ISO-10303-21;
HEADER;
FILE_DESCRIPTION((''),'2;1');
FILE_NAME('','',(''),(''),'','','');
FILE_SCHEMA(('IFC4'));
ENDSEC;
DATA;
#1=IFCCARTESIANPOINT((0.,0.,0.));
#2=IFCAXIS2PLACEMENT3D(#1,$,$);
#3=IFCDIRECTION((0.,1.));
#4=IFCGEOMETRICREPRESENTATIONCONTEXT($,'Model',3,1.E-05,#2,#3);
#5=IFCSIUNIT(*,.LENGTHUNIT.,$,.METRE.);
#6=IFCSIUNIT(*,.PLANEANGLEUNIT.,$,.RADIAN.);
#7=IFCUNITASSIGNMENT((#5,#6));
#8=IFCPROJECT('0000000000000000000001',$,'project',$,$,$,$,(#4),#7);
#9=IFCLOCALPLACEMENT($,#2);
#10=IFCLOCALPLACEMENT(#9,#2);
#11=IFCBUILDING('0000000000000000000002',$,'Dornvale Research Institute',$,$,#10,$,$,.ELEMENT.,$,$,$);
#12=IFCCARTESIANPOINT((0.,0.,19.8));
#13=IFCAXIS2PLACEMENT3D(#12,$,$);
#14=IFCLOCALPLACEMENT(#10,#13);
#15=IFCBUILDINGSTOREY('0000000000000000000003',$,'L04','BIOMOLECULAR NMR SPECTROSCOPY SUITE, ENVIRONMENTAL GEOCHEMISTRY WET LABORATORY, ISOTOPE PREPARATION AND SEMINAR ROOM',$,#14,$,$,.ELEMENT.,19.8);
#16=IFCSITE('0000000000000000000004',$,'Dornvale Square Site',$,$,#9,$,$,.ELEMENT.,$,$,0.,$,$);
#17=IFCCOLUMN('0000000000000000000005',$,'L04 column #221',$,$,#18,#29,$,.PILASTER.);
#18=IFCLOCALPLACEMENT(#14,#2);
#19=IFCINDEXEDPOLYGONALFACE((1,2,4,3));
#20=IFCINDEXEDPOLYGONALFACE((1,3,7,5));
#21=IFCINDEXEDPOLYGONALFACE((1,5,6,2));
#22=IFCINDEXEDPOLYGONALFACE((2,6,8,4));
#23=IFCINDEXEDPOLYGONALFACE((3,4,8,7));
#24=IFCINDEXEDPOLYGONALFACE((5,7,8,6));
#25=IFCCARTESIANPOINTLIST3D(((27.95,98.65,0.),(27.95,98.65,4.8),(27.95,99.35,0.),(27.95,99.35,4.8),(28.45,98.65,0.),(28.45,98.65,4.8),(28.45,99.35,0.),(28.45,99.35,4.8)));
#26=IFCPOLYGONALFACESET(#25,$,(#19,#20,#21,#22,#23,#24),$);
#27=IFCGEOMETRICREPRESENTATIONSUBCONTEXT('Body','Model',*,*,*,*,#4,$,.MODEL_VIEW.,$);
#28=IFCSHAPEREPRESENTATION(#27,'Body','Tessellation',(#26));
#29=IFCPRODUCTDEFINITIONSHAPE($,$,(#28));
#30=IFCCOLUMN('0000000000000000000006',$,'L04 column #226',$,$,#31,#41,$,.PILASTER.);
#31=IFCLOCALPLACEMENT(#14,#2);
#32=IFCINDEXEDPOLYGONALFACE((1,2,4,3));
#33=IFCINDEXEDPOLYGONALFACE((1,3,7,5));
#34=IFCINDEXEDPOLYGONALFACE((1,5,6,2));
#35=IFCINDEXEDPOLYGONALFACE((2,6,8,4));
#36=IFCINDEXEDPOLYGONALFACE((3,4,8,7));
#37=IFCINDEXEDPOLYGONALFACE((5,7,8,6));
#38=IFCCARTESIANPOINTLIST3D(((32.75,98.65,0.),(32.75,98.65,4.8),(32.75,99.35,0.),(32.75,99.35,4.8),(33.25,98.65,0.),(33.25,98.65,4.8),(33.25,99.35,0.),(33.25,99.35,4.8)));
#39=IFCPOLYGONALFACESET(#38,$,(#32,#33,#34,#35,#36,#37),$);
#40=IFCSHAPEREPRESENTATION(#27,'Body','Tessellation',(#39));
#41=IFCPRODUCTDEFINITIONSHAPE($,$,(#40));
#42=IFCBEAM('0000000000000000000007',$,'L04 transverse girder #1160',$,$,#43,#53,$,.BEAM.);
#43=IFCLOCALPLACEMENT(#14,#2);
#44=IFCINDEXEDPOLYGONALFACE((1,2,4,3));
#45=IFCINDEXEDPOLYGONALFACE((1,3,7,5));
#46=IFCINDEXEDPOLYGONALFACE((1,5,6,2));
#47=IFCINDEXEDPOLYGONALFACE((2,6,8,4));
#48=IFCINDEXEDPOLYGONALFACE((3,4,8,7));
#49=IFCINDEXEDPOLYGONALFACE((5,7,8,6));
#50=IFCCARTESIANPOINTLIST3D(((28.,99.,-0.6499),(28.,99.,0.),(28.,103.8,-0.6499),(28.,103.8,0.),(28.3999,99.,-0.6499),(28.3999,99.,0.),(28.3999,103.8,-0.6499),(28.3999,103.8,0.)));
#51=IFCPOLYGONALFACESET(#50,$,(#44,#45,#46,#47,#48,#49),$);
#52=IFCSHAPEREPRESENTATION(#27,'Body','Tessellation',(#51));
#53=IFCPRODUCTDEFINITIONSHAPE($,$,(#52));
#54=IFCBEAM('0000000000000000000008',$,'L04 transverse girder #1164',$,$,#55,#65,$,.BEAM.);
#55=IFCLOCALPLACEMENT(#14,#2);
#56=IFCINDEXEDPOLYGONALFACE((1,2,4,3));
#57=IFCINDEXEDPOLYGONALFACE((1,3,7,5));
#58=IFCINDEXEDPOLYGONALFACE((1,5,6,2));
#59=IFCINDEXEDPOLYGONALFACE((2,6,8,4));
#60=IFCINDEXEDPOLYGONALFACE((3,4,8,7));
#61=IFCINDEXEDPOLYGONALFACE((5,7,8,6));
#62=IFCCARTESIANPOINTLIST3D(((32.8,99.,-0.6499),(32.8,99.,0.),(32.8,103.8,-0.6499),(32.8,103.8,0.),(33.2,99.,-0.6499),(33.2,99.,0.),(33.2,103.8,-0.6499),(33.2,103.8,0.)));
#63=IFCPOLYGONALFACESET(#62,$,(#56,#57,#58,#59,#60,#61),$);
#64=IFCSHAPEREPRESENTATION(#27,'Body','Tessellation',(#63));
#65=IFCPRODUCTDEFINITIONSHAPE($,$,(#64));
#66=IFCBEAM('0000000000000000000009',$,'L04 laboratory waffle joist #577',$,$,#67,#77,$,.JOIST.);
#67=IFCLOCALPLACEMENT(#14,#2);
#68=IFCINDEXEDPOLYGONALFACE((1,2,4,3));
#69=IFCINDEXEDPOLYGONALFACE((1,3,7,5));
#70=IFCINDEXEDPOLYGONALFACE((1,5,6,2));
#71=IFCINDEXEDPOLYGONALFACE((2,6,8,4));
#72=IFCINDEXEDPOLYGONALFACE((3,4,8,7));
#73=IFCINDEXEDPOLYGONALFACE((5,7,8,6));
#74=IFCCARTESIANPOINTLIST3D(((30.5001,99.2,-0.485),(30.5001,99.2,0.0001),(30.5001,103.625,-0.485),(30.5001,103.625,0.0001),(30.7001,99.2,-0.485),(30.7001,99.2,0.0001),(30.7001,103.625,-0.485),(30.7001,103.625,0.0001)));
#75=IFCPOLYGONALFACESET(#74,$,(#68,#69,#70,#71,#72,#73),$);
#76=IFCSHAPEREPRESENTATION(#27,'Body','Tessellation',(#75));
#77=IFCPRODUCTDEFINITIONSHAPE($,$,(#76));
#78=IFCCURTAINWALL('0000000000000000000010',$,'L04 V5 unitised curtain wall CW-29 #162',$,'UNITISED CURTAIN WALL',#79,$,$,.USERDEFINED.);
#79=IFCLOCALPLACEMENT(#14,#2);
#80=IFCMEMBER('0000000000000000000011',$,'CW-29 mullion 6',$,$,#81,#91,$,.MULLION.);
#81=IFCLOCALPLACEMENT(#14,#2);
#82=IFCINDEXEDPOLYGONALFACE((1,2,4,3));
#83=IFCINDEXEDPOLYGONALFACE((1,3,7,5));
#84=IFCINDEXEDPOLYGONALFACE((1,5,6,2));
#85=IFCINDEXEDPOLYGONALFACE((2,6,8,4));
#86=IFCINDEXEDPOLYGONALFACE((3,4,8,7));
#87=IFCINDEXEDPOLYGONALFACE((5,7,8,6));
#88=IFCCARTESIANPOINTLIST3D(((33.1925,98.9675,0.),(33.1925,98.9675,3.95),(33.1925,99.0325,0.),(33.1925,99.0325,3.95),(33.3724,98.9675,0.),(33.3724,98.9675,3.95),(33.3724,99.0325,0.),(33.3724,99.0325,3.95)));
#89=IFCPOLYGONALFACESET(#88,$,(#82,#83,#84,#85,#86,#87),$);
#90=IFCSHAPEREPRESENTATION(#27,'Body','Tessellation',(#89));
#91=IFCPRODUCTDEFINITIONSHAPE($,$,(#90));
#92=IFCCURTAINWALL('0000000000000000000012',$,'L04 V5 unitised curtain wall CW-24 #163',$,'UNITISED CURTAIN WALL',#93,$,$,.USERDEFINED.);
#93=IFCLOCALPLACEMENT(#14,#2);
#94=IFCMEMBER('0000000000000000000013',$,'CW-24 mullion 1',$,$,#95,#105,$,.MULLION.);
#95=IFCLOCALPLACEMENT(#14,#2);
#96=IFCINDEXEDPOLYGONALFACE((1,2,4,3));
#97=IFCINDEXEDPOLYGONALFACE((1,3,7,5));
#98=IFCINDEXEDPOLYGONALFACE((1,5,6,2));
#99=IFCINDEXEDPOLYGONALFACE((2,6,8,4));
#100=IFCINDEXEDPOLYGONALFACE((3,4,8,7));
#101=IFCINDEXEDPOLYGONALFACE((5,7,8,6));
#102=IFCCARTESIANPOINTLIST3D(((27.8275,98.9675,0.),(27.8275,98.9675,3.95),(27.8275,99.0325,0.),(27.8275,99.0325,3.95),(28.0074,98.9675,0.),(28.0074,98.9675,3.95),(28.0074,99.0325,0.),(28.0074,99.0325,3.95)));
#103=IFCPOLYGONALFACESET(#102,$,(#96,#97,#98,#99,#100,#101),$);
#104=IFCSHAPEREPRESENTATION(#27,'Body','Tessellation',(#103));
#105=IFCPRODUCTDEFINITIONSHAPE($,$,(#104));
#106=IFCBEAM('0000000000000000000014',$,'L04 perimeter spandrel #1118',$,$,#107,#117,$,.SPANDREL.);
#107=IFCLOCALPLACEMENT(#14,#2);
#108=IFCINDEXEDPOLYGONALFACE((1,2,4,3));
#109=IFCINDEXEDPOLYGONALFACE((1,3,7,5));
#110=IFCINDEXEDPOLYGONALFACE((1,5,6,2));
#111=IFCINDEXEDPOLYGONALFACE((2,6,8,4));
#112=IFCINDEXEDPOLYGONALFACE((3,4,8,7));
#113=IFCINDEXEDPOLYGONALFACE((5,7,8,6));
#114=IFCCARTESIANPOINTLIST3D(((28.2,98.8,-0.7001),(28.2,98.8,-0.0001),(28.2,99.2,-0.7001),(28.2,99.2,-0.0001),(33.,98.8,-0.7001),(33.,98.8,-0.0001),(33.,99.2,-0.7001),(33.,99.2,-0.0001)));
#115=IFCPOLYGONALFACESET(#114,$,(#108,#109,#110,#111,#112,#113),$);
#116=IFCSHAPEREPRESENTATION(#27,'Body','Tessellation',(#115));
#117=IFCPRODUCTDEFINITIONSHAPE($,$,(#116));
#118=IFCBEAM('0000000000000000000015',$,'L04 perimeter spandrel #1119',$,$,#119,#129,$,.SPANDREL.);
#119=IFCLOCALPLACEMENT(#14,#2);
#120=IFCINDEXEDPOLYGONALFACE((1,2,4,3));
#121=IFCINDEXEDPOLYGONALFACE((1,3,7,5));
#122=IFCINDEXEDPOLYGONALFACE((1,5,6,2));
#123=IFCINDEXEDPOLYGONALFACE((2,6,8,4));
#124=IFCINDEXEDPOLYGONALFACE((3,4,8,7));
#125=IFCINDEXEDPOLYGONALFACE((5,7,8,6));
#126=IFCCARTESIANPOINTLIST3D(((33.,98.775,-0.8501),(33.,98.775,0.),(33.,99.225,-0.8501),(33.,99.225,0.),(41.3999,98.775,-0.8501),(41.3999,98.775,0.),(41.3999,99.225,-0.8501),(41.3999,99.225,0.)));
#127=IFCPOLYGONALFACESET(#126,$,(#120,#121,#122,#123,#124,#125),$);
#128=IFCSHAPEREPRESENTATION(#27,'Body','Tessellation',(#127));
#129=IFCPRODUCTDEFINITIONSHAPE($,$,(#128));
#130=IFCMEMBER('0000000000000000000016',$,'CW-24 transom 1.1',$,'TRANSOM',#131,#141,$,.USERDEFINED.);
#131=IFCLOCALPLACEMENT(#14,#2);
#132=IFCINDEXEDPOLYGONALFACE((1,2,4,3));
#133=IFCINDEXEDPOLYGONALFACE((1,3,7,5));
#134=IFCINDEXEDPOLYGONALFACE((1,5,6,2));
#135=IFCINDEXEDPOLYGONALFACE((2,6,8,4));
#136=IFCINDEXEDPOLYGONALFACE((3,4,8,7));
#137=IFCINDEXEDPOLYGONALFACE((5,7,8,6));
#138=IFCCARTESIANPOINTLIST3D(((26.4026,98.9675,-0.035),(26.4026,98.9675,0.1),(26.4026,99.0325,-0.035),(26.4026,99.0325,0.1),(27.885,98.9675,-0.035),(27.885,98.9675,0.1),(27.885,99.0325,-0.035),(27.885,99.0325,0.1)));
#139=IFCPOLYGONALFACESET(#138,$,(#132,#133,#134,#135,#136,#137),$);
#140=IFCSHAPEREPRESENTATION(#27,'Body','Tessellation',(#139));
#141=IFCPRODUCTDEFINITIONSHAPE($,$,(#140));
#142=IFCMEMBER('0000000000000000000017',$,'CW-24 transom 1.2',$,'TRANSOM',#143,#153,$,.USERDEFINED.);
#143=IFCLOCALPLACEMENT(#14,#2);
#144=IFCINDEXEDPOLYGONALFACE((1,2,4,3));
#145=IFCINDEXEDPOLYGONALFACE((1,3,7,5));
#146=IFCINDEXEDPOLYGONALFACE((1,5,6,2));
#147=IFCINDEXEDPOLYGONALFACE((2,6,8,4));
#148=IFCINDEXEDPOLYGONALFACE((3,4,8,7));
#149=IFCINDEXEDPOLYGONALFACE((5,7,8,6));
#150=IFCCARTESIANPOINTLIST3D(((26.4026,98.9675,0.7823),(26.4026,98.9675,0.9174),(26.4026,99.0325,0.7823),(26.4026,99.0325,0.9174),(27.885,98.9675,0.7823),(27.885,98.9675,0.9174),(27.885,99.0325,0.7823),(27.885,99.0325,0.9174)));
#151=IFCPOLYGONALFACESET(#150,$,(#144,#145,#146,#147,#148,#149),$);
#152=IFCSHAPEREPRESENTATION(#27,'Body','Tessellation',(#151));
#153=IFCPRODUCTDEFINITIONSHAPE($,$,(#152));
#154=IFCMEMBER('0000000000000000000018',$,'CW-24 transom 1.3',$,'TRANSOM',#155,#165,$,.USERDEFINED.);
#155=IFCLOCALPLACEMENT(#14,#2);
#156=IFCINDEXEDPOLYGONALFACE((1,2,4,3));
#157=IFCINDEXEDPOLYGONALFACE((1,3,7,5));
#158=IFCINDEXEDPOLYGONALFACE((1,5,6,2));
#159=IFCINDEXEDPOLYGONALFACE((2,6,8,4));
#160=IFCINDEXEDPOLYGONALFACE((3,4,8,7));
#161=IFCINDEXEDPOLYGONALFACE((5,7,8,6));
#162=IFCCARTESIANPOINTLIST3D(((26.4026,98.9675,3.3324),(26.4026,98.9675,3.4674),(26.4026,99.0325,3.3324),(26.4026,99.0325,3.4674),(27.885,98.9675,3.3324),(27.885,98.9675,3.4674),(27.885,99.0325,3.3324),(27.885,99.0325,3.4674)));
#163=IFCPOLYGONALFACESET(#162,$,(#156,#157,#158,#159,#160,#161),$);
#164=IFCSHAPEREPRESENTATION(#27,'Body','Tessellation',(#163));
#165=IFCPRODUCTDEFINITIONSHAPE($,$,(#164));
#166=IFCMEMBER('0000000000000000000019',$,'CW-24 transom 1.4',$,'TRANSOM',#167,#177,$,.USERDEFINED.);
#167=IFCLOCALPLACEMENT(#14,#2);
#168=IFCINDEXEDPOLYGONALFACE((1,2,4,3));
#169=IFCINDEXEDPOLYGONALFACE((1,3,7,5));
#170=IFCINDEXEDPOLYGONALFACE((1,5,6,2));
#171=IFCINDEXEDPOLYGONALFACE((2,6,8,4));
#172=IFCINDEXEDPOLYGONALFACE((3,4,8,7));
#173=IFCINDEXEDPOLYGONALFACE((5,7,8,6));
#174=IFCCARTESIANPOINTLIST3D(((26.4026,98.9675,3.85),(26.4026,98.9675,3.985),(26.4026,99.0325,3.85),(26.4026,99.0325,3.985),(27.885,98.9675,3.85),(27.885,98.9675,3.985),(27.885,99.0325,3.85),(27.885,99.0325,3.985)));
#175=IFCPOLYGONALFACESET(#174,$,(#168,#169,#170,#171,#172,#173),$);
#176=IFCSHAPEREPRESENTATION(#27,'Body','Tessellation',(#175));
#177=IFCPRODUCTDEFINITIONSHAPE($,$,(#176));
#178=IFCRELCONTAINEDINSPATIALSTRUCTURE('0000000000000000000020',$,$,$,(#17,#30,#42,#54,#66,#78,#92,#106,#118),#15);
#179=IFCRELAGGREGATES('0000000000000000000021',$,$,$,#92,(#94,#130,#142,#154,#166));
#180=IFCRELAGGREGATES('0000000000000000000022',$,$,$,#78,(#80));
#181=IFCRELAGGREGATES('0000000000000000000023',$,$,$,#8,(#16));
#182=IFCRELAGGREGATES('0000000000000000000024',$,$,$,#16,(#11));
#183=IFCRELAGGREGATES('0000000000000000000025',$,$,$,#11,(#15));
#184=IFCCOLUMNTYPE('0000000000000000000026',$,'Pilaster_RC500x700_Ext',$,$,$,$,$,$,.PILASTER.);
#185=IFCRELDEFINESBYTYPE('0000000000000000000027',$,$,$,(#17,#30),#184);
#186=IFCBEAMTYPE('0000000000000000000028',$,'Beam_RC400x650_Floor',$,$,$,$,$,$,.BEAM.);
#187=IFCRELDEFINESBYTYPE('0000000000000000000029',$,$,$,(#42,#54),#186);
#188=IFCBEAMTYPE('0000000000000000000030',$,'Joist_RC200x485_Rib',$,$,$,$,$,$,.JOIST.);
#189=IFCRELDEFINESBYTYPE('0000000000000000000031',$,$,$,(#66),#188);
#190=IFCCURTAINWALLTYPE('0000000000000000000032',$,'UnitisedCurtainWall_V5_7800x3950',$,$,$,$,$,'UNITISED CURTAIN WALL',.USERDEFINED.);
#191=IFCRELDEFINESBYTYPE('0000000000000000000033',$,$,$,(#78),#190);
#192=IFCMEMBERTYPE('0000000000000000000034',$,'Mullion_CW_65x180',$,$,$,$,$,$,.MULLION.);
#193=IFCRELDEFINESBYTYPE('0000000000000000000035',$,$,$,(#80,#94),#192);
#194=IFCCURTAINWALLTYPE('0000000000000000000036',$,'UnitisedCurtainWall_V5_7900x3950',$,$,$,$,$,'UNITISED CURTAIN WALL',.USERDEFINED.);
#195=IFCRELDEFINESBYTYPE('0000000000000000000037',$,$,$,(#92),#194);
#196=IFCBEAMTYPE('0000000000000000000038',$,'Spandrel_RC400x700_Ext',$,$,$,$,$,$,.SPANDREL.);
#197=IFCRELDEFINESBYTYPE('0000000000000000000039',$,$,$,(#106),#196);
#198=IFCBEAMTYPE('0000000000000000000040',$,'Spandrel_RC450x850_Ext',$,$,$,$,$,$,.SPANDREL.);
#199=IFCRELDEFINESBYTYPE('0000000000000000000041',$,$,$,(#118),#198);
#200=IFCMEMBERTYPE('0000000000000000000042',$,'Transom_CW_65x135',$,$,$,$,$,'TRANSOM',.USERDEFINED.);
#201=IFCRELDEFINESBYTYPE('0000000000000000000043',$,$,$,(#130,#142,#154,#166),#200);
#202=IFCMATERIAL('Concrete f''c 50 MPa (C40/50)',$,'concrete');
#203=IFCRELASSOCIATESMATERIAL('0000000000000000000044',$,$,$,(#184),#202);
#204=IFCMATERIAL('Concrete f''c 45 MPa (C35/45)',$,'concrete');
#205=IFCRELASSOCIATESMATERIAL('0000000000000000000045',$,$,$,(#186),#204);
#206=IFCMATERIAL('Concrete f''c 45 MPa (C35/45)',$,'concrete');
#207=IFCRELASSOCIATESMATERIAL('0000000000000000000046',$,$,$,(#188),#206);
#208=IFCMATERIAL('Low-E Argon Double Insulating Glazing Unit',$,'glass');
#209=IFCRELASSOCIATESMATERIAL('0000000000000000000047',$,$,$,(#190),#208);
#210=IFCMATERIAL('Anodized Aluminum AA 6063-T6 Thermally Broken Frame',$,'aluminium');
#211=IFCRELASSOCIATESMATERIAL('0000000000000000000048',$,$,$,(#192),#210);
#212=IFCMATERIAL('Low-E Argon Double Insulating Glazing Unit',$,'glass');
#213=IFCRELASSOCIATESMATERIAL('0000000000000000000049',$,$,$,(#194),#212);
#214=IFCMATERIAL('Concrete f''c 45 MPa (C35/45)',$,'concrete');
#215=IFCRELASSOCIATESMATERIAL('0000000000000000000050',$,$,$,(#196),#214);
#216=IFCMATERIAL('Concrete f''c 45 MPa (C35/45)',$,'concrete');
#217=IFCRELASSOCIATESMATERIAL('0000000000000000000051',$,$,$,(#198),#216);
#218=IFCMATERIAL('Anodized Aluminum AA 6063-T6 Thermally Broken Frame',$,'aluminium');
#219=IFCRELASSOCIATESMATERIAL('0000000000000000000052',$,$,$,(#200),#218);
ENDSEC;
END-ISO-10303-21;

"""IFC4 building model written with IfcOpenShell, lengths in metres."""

from ifc_helpers import new_model, si_unit, direction, frame, origin, origin_2d, place, context, subcontext, project, spatial, rectangle, extrude, material, material_profile, profile_set, type_object, element, aggregate, save


model = new_model("IFC4")

# Units and contexts
model_context = context("Model", 3, precision=1e-05, world=origin(), true_north=direction((0.0, 1.0)))
body_context = subcontext(model_context, "Body", "Model", "MODEL_VIEW")
ifc_project = project(units=[si_unit("LENGTHUNIT", "METRE"), si_unit("PLANEANGLEUNIT", "RADIAN")], contexts=[model_context])

# Site, building, storey
site_placement = place(None, origin())
site = spatial("IfcSite", under=ifc_project, at=site_placement, Name="Dornvale Square Site", CompositionType="ELEMENT", RefElevation=0.0)
building_placement = place(site_placement, origin())
building = spatial("IfcBuilding", under=site, at=building_placement, Name="Dornvale Research Institute", CompositionType="ELEMENT")
storey_placement = place(building_placement, frame((0.0, 0.0, 19.8)))
storey = spatial("IfcBuildingStorey", under=building, at=storey_placement, Name="L04", Description="BIOMOLECULAR NMR SPECTROSCOPY SUITE, ENVIRONMENTAL GEOCHEMISTRY WET LABORATORY, ISOTOPE PREPARATION AND SEMINAR ROOM", CompositionType="ELEMENT", Elevation=19.8)

# Columns
ifc_material_1 = material(Name="Concrete f'c 50 MPa (C40/50)", Category="concrete")
ifc_material_profile_1 = material_profile(ifc_material_1, rectangle(XDim=0.5, YDim=0.7, at=origin_2d()), Name="RC 500x700")
ifc_profile_set_1 = profile_set([ifc_material_profile_1], Name="Concrete f'c 50 MPa (C40/50)")
column_type = type_object("IfcColumnType", Name="Pilaster_RC500x700_Ext", PredefinedType="PILASTER", material=ifc_profile_set_1)
for number, where, z_axis, x_axis, name in (
    (1, (28.2, 99.0, 0.0), (0.0, 0.0, 1.0), (1.0, 0.0, 0.0), "L04 column #221"),
    (2, (33.0, 99.0, 0.0), (0.0, 0.0, 1.0), (1.0, 0.0, 0.0), "L04 column #226"),
):
    element("IfcColumn", number, at=place(storey_placement, frame(where, z_axis=z_axis, x_axis=x_axis)), inside=storey, type_object=column_type, Name=name, PredefinedType="PILASTER", context=body_context, shape_type="SweptSolid", body=[
        extrude(rectangle(XDim=0.5, YDim=0.7, at=origin_2d()), origin(), (0.0, 0.0, 1.0), 4.8),
    ])

# Beams
ifc_material_2 = material(Name="Concrete f'c 45 MPa (C35/45)", Category="concrete")
ifc_material_profile_2 = material_profile(ifc_material_2, rectangle(XDim=0.3999, YDim=0.6499, at=origin_2d()), Name="RC 400x650")
ifc_profile_set_2 = profile_set([ifc_material_profile_2], Name="Concrete f'c 45 MPa (C35/45)")
beam_type_1 = type_object("IfcBeamType", Name="Beam_RC400x650_Floor", PredefinedType="BEAM", material=ifc_profile_set_2)
for number, where, z_axis, x_axis, name in (
    (3, (28.2, 99.0, -0.325), (0.0, 1.0, 0.0), (-1.0, 0.0, 0.0), "L04 transverse girder #1160"),
    (4, (33.0, 99.0, -0.325), (0.0, 1.0, 0.0), (-1.0, 0.0, 0.0), "L04 transverse girder #1164"),
):
    element("IfcBeam", number, at=place(storey_placement, frame(where, z_axis=z_axis, x_axis=x_axis)), inside=storey, type_object=beam_type_1, Name=name, PredefinedType="BEAM", context=body_context, shape_type="SweptSolid", body=[
        extrude(rectangle(XDim=0.3999, YDim=0.6499, at=origin_2d()), origin(), (0.0, 0.0, 1.0), 4.8),
    ])
ifc_material_3 = material(Name="Concrete f'c 45 MPa (C35/45)", Category="concrete")
ifc_material_profile_3 = material_profile(ifc_material_3, rectangle(XDim=0.2, YDim=0.4851, at=origin_2d()), Name="RC 200x485")
ifc_profile_set_3 = profile_set([ifc_material_profile_3], Name="Concrete f'c 45 MPa (C35/45)")
beam_type_2 = type_object("IfcBeamType", Name="Joist_RC200x485_Rib", PredefinedType="JOIST", material=ifc_profile_set_3)
beam_1_placement = place(storey_placement, frame((30.6001, 99.2, -0.2424), z_axis=(0.0, 1.0, 0.0), x_axis=(-1.0, 0.0, 0.0)))
element("IfcBeam", 5, at=beam_1_placement, inside=storey, type_object=beam_type_2, Name="L04 laboratory waffle joist #577", PredefinedType="JOIST", context=body_context, shape_type="SweptSolid", body=[
    extrude(rectangle(XDim=0.2, YDim=0.4851, at=origin_2d()), origin(), (0.0, 0.0, 1.0), 4.425),
])

# Curtain walls, members
ifc_material_4 = material(Name="Low-E Argon Double Insulating Glazing Unit", Category="glass")
curtain_wall_type_1 = type_object("IfcCurtainWallType", Name="UnitisedCurtainWall_V5_7800x3950", ElementType="UNITISED CURTAIN WALL", PredefinedType="USERDEFINED", material=ifc_material_4)
curtain_wall_1_placement = place(storey_placement, origin())
curtain_wall_1 = element("IfcCurtainWall", 6, at=curtain_wall_1_placement, inside=storey, type_object=curtain_wall_type_1, Name="L04 V5 unitised curtain wall CW-29 #162", ObjectType="UNITISED CURTAIN WALL", PredefinedType="USERDEFINED")
ifc_material_5 = material(Name="Anodized Aluminum AA 6063-T6 Thermally Broken Frame", Category="aluminium")
ifc_material_profile_4 = material_profile(ifc_material_5, rectangle(XDim=0.0649, YDim=0.1799, at=origin_2d()), Name="ALU MULLION 65x180")
ifc_profile_set_4 = profile_set([ifc_material_profile_4], Name="Anodized Aluminum AA 6063-T6 Thermally Broken Frame")
member_type_1 = type_object("IfcMemberType", Name="Mullion_CW_65x180", PredefinedType="MULLION", material=ifc_profile_set_4)
member_1_placement = place(storey_placement, frame((33.2825, 99.0, 0.0), z_axis=(0.0, 0.0, 1.0), x_axis=(0.0, -1.0, 0.0)))
member_1 = element("IfcMember", 7, at=member_1_placement, type_object=member_type_1, Name="CW-29 mullion 6", PredefinedType="MULLION", context=body_context, shape_type="SweptSolid", body=[
    extrude(rectangle(XDim=0.0649, YDim=0.1799, at=origin_2d()), origin(), (0.0, 0.0, 1.0), 3.95),
])
ifc_material_6 = material(Name="Low-E Argon Double Insulating Glazing Unit", Category="glass")
curtain_wall_type_2 = type_object("IfcCurtainWallType", Name="UnitisedCurtainWall_V5_7900x3950", ElementType="UNITISED CURTAIN WALL", PredefinedType="USERDEFINED", material=ifc_material_6)
curtain_wall_2_placement = place(storey_placement, origin())
curtain_wall_2 = element("IfcCurtainWall", 8, at=curtain_wall_2_placement, inside=storey, type_object=curtain_wall_type_2, Name="L04 V5 unitised curtain wall CW-24 #163", ObjectType="UNITISED CURTAIN WALL", PredefinedType="USERDEFINED")
member_2_placement = place(storey_placement, frame((27.9175, 99.0, 0.0), z_axis=(0.0, 0.0, 1.0), x_axis=(0.0, -1.0, 0.0)))
member_2 = element("IfcMember", 9, at=member_2_placement, type_object=member_type_1, Name="CW-24 mullion 1", PredefinedType="MULLION", context=body_context, shape_type="SweptSolid", body=[
    extrude(rectangle(XDim=0.0649, YDim=0.1799, at=origin_2d()), origin(), (0.0, 0.0, 1.0), 3.95),
])

# Beams
ifc_material_7 = material(Name="Concrete f'c 45 MPa (C35/45)", Category="concrete")
ifc_material_profile_5 = material_profile(ifc_material_7, rectangle(XDim=0.3999, YDim=0.7, at=origin_2d()), Name="RC 400x700")
ifc_profile_set_5 = profile_set([ifc_material_profile_5], Name="Concrete f'c 45 MPa (C35/45)")
beam_type_3 = type_object("IfcBeamType", Name="Spandrel_RC400x700_Ext", PredefinedType="SPANDREL", material=ifc_profile_set_5)
beam_2_placement = place(storey_placement, frame((28.2, 99.0, -0.3501), z_axis=(1.0, 0.0, 0.0), x_axis=(0.0, 1.0, 0.0)))
element("IfcBeam", 10, at=beam_2_placement, inside=storey, type_object=beam_type_3, Name="L04 perimeter spandrel #1118", PredefinedType="SPANDREL", context=body_context, shape_type="SweptSolid", body=[
    extrude(rectangle(XDim=0.3999, YDim=0.7, at=origin_2d()), origin(), (0.0, 0.0, 1.0), 4.8),
])
ifc_material_8 = material(Name="Concrete f'c 45 MPa (C35/45)", Category="concrete")
ifc_material_profile_6 = material_profile(ifc_material_8, rectangle(XDim=0.45, YDim=0.8501, at=origin_2d()), Name="RC 450x850")
ifc_profile_set_6 = profile_set([ifc_material_profile_6], Name="Concrete f'c 45 MPa (C35/45)")
beam_type_4 = type_object("IfcBeamType", Name="Spandrel_RC450x850_Ext", PredefinedType="SPANDREL", material=ifc_profile_set_6)
beam_3_placement = place(storey_placement, frame((33.0, 99.0, -0.425), z_axis=(1.0, 0.0, 0.0), x_axis=(0.0, 1.0, 0.0)))
element("IfcBeam", 11, at=beam_3_placement, inside=storey, type_object=beam_type_4, Name="L04 perimeter spandrel #1119", PredefinedType="SPANDREL", context=body_context, shape_type="SweptSolid", body=[
    extrude(rectangle(XDim=0.45, YDim=0.8501, at=origin_2d()), origin(), (0.0, 0.0, 1.0), 8.3999),
])

# Members
ifc_material_9 = material(Name="Anodized Aluminum AA 6063-T6 Thermally Broken Frame", Category="aluminium")
ifc_material_profile_7 = material_profile(ifc_material_9, rectangle(XDim=0.0649, YDim=0.135, at=origin_2d()), Name="ALU TRANSOM 65x135")
ifc_profile_set_7 = profile_set([ifc_material_profile_7], Name="Anodized Aluminum AA 6063-T6 Thermally Broken Frame")
member_type_2 = type_object("IfcMemberType", Name="Transom_CW_65x135", ElementType="TRANSOM", PredefinedType="USERDEFINED", material=ifc_profile_set_7)
member_3_placement = place(storey_placement, frame((27.885, 99.0, 0.0325), z_axis=(-1.0, 0.0, 0.0), x_axis=(0.0, -1.0, 0.0)))
member_3 = element("IfcMember", 12, at=member_3_placement, type_object=member_type_2, Name="CW-24 transom 1.1", ObjectType="TRANSOM", PredefinedType="USERDEFINED", context=body_context, shape_type="SweptSolid", body=[
    extrude(rectangle(XDim=0.0649, YDim=0.135, at=origin_2d()), origin(), (0.0, 0.0, 1.0), 1.4824),
])
member_4_placement = place(storey_placement, frame((27.885, 99.0, 0.8499), z_axis=(-1.0, 0.0, 0.0), x_axis=(0.0, -1.0, 0.0)))
member_4 = element("IfcMember", 13, at=member_4_placement, type_object=member_type_2, Name="CW-24 transom 1.2", ObjectType="TRANSOM", PredefinedType="USERDEFINED", context=body_context, shape_type="SweptSolid", body=[
    extrude(rectangle(XDim=0.0649, YDim=0.135, at=origin_2d()), origin(), (0.0, 0.0, 1.0), 1.4824),
])
member_5_placement = place(storey_placement, frame((27.885, 99.0, 3.3999), z_axis=(-1.0, 0.0, 0.0), x_axis=(0.0, -1.0, 0.0)))
member_5 = element("IfcMember", 14, at=member_5_placement, type_object=member_type_2, Name="CW-24 transom 1.3", ObjectType="TRANSOM", PredefinedType="USERDEFINED", context=body_context, shape_type="SweptSolid", body=[
    extrude(rectangle(XDim=0.0649, YDim=0.135, at=origin_2d()), origin(), (0.0, 0.0, 1.0), 1.4824),
])
member_6_placement = place(storey_placement, frame((27.885, 99.0, 3.9175), z_axis=(-1.0, 0.0, 0.0), x_axis=(0.0, -1.0, 0.0)))
member_6 = element("IfcMember", 15, at=member_6_placement, type_object=member_type_2, Name="CW-24 transom 1.4", ObjectType="TRANSOM", PredefinedType="USERDEFINED", context=body_context, shape_type="SweptSolid", body=[
    extrude(rectangle(XDim=0.0649, YDim=0.135, at=origin_2d()), origin(), (0.0, 0.0, 1.0), 1.4824),
])
aggregate(curtain_wall_2, [member_2, member_3, member_4, member_5, member_6])

aggregate(curtain_wall_1, [member_1])

save(model, "model.ifc")
